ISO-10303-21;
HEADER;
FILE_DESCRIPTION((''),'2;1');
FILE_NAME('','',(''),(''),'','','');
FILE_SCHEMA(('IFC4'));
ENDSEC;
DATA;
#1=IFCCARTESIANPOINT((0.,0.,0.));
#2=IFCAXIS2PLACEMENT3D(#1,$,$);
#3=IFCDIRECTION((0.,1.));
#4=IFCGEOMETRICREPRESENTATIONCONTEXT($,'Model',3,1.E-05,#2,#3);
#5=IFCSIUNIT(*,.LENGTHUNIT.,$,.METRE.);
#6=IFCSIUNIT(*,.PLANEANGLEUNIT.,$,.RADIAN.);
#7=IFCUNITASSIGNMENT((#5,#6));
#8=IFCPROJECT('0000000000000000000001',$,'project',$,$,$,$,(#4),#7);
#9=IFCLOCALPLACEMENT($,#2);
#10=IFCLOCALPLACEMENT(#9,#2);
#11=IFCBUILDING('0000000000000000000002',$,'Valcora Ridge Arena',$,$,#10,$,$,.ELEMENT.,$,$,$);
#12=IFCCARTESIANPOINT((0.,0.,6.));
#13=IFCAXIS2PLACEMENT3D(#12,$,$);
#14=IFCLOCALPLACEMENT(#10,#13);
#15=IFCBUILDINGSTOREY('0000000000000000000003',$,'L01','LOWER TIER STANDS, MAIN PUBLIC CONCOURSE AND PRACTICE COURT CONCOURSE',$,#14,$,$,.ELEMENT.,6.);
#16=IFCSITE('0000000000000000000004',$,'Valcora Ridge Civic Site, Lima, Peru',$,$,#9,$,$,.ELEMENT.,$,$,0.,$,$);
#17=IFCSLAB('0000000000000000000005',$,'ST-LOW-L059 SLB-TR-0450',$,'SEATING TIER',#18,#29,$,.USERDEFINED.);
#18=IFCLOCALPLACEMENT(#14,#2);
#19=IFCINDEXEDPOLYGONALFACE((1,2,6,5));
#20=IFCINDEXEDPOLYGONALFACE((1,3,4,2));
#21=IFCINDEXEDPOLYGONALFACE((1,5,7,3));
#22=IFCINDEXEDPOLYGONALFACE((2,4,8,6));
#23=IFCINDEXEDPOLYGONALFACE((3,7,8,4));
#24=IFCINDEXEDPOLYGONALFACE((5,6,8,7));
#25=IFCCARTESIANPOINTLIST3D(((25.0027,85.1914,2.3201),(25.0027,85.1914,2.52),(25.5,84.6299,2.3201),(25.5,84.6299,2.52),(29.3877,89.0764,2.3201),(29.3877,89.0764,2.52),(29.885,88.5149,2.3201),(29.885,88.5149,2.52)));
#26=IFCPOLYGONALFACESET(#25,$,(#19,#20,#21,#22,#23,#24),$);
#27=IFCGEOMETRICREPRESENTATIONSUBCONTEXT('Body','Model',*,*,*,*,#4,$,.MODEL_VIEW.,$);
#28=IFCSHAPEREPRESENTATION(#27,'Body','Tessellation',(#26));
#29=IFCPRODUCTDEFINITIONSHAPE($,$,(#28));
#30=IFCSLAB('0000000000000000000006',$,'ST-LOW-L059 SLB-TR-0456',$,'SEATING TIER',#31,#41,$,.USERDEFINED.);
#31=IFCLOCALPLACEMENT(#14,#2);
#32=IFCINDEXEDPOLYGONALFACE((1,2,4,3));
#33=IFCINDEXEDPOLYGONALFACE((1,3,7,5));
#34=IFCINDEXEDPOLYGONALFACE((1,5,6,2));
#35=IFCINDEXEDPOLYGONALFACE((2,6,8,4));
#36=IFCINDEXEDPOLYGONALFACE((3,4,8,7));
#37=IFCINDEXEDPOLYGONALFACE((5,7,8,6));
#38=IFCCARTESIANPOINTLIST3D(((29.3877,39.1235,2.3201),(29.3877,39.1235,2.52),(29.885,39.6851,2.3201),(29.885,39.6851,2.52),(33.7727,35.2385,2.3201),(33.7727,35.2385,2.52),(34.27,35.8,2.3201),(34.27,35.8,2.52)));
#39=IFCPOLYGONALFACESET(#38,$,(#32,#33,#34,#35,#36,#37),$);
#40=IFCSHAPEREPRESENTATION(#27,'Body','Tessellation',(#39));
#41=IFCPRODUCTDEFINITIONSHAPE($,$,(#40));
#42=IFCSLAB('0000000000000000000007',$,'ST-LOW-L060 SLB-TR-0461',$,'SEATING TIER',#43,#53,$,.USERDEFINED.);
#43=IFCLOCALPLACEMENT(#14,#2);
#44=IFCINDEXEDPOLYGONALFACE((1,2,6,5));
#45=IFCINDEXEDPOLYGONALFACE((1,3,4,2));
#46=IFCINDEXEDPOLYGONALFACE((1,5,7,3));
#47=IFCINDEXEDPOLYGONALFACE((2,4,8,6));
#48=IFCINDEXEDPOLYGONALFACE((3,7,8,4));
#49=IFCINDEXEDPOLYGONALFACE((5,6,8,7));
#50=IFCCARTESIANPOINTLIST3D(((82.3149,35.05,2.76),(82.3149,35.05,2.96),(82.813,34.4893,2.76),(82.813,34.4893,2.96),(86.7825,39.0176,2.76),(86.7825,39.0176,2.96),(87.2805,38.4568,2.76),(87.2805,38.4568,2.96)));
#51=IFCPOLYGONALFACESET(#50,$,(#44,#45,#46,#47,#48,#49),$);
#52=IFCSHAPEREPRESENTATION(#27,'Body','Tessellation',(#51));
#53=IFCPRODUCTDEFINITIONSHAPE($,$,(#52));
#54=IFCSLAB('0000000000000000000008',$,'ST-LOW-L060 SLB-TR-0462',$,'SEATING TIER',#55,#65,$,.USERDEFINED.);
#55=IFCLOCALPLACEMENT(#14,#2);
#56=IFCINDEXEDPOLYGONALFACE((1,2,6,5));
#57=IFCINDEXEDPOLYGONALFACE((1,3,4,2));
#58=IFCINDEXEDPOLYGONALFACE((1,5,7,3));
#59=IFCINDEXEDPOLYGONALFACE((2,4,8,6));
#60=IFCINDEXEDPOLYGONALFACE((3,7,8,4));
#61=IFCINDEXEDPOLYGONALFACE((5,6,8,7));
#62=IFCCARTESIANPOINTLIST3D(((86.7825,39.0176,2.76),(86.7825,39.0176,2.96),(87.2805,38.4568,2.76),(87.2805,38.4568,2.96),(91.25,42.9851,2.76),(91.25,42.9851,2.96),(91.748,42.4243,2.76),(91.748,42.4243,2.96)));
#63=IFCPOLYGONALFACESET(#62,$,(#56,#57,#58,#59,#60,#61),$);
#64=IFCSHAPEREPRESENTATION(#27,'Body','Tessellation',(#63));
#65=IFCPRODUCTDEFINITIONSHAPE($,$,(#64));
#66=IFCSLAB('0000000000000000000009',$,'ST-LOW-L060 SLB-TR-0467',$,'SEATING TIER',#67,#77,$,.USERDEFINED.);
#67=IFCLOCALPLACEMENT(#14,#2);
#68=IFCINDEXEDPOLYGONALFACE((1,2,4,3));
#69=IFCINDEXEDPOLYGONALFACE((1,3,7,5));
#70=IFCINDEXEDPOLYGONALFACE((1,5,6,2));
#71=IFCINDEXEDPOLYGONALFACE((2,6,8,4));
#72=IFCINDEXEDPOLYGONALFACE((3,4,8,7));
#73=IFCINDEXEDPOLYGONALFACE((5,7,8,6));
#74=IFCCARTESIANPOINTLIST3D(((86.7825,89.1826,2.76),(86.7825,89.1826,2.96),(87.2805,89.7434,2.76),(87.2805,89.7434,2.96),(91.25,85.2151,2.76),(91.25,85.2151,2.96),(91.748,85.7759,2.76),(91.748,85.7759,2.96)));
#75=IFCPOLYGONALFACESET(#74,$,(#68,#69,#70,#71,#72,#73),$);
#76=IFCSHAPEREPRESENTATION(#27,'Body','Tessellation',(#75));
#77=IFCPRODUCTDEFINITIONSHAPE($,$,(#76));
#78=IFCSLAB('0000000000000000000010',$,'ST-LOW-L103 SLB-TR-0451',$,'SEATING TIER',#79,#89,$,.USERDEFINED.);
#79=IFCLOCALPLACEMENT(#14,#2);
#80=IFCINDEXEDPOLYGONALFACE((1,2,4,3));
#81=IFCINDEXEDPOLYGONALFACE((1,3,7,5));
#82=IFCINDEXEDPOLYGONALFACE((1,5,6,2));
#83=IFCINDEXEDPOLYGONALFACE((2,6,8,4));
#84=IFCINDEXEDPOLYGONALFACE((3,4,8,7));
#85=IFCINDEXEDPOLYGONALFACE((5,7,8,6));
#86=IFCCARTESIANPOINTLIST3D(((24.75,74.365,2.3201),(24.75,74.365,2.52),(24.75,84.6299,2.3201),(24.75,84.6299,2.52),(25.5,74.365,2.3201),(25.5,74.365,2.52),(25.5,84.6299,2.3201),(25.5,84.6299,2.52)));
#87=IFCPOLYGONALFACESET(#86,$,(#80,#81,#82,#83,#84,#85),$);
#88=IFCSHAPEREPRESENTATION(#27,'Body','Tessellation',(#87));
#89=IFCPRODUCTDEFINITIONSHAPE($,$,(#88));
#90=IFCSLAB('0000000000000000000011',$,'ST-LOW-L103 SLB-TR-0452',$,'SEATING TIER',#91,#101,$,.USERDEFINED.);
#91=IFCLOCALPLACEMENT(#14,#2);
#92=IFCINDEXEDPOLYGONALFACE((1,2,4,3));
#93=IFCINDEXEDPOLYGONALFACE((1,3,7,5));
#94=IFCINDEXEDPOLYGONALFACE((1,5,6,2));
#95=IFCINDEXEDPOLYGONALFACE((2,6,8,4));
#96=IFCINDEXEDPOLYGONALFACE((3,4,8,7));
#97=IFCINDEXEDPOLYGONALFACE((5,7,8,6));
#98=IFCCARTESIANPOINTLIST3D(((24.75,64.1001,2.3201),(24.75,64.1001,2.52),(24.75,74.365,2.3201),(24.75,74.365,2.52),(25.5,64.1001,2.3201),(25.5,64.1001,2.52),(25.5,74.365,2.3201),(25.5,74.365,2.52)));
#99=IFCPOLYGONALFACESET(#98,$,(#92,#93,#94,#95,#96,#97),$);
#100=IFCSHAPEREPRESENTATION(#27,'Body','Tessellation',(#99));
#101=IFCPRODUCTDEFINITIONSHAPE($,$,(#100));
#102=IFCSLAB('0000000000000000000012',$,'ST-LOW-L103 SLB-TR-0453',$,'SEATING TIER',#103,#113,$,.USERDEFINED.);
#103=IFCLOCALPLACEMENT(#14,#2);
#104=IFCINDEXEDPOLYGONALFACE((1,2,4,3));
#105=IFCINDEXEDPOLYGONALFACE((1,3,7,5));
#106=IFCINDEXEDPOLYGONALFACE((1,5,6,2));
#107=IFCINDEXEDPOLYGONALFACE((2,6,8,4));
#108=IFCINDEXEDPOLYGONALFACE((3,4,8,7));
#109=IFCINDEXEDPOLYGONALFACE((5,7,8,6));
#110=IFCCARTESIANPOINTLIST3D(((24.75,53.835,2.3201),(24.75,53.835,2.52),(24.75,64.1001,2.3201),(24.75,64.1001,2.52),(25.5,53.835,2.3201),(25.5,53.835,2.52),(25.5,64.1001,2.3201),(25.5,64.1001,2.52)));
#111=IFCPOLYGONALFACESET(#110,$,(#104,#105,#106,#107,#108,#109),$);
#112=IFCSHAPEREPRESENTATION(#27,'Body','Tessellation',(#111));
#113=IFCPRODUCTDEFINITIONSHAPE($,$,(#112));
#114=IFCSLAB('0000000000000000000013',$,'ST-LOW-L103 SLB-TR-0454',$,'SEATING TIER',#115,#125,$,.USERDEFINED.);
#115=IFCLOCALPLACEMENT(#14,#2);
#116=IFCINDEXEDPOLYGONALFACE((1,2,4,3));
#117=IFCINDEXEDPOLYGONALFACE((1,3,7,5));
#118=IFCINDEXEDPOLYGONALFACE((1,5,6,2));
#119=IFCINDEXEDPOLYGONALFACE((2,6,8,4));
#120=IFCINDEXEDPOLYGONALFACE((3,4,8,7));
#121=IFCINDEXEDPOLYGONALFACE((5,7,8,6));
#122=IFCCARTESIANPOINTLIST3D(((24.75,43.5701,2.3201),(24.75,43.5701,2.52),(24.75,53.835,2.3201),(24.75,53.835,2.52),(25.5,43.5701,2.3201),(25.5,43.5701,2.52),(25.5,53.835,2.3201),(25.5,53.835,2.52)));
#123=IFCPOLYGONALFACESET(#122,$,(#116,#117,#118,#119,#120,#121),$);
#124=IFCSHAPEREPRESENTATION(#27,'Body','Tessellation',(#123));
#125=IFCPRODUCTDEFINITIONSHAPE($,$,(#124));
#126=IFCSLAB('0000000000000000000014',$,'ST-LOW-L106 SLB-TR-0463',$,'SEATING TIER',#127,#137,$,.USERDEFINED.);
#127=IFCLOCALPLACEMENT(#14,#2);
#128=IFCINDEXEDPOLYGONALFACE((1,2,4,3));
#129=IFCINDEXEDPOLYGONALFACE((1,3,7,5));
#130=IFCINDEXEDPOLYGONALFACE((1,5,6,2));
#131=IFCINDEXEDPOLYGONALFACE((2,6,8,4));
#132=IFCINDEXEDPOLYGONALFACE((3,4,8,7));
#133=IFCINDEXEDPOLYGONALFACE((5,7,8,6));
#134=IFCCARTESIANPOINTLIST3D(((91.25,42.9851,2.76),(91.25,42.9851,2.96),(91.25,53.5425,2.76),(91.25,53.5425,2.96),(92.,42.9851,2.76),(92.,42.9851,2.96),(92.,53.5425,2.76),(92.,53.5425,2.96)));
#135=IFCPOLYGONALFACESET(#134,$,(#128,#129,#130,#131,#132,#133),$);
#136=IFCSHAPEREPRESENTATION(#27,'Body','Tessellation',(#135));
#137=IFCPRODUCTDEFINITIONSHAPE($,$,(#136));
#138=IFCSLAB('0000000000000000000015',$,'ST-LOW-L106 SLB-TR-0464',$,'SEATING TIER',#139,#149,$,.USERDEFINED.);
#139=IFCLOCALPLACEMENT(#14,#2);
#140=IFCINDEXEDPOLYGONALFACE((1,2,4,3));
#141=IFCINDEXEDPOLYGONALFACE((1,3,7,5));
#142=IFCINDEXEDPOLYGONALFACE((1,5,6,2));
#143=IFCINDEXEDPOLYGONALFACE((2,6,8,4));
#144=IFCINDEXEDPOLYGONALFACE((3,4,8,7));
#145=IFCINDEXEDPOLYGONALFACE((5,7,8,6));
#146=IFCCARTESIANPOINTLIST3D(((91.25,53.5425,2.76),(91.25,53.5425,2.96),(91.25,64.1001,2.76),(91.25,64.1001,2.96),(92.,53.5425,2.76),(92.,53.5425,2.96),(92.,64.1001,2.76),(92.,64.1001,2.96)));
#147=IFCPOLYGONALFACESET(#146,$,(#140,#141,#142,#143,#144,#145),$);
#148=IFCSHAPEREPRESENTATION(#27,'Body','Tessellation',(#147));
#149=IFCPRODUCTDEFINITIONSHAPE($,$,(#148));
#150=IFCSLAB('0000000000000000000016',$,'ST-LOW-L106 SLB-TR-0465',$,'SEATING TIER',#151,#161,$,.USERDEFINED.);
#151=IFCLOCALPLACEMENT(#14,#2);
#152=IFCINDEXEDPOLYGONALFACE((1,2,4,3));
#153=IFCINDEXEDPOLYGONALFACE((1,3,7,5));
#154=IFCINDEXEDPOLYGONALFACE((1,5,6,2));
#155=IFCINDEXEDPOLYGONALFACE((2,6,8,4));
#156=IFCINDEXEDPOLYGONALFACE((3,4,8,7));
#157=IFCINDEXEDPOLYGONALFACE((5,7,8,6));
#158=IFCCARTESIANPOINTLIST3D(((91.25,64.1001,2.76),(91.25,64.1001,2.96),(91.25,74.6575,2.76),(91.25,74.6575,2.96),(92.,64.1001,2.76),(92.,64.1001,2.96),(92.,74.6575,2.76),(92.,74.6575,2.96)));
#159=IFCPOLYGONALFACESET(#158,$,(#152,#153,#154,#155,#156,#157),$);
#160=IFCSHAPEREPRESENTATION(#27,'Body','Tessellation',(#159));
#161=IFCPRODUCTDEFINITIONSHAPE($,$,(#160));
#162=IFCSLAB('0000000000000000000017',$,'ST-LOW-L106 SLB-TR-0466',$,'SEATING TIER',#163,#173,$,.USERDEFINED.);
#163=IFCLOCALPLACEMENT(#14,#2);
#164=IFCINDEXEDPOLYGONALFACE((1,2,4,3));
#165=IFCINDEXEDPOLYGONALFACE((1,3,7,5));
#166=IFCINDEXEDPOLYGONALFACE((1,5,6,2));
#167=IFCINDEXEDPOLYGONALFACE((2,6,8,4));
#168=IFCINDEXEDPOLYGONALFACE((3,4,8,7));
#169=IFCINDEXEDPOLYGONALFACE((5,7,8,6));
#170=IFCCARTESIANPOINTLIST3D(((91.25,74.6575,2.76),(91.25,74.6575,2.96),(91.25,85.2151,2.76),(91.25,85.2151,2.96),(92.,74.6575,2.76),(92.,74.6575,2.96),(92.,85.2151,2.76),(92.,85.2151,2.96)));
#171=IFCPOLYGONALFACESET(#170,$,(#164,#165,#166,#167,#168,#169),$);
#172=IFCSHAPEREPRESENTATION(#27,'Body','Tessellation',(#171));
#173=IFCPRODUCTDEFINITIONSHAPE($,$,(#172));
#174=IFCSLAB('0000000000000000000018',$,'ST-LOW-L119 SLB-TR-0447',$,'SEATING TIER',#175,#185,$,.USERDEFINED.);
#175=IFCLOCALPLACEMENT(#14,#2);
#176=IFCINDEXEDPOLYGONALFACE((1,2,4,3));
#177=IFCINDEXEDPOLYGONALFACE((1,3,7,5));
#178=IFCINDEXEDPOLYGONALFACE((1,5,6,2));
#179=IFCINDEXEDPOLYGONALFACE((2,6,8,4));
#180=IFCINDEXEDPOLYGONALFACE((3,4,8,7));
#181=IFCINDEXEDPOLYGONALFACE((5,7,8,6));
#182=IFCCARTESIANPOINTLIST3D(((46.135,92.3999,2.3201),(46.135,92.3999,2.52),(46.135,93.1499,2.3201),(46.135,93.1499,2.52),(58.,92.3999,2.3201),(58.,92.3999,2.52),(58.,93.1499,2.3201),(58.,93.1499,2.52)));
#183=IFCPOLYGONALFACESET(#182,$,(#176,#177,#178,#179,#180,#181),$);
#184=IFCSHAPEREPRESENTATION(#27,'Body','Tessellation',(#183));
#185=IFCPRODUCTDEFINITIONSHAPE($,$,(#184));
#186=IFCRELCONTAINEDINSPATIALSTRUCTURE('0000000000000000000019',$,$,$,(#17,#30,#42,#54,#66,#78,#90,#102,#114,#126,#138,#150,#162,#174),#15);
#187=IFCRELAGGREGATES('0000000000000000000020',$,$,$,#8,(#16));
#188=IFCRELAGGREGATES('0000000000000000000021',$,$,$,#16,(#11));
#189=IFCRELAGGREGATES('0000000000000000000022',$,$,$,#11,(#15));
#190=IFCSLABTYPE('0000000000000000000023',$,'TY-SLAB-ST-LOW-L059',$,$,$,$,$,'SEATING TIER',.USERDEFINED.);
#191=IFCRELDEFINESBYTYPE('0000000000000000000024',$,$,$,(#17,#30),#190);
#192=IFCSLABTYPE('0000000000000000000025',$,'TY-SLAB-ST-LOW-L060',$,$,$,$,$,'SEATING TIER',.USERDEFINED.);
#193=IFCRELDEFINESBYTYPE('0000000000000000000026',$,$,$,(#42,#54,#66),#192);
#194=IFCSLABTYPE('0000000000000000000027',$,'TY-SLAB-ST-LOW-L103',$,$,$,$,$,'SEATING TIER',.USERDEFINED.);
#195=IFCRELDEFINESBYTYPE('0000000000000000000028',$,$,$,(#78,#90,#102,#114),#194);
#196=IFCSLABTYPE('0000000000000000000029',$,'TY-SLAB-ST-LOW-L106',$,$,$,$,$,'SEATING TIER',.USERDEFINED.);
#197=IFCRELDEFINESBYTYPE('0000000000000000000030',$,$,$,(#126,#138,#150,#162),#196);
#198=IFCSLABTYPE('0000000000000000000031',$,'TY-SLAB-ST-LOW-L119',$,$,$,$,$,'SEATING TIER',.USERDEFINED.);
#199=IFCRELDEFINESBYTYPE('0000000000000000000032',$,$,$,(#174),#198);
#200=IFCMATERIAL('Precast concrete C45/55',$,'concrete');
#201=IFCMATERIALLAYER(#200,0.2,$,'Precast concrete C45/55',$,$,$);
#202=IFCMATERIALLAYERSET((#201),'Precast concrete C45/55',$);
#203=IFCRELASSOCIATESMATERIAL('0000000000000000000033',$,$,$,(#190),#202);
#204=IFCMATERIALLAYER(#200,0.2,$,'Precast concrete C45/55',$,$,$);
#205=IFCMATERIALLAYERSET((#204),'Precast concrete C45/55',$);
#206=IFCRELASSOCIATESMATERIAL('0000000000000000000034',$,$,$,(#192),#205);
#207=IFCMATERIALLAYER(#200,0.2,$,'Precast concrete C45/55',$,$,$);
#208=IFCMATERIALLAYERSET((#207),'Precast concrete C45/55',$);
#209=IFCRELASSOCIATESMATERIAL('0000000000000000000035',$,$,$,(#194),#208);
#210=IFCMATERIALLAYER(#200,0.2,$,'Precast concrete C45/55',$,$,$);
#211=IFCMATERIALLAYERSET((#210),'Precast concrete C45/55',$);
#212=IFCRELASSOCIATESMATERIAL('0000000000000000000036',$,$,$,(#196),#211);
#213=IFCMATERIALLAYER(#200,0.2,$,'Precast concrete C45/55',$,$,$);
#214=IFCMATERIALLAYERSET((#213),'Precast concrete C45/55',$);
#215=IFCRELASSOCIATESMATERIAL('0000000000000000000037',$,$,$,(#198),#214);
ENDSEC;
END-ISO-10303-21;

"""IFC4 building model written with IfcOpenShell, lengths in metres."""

from ifc_helpers import new_model, si_unit, direction, frame, origin, place, context, subcontext, project, spatial, polyline, outline, extrude, material, layer, layer_set, type_object, element, save


model = new_model("IFC4")

# Units and contexts
model_context = context("Model", 3, precision=1e-05, world=origin(), true_north=direction((0.0, 1.0)))
body_context = subcontext(model_context, "Body", "Model", "MODEL_VIEW")
ifc_project = project(units=[si_unit("LENGTHUNIT", "METRE"), si_unit("PLANEANGLEUNIT", "RADIAN")], contexts=[model_context])

# Site, building, storey
site_placement = place(None, origin())
site = spatial("IfcSite", under=ifc_project, at=site_placement, Name="Valcora Ridge Civic Site, Lima, Peru", CompositionType="ELEMENT", RefElevation=0.0)
building_placement = place(site_placement, origin())
building = spatial("IfcBuilding", under=site, at=building_placement, Name="Valcora Ridge Arena", CompositionType="ELEMENT")
storey_placement = place(building_placement, frame((0.0, 0.0, 6.0)))
storey = spatial("IfcBuildingStorey", under=building, at=storey_placement, Name="L01", Description="LOWER TIER STANDS, MAIN PUBLIC CONCOURSE AND PRACTICE COURT CONCOURSE", CompositionType="ELEMENT", Elevation=6.0)

# Slabs
ifc_material = material(Name="Precast concrete C45/55", Category="concrete")
ifc_layer_1 = layer(ifc_material, 0.2, Name="Precast concrete C45/55")
ifc_layer_set_1 = layer_set([ifc_layer_1], Name="Precast concrete C45/55")
slab_type_1 = type_object("IfcSlabType", Name="TY-SLAB-ST-LOW-L059", ElementType="SEATING TIER", PredefinedType="USERDEFINED", material=ifc_layer_set_1)
slab_1_placement = place(storey_placement, frame((0.0, 0.0, 2.3201)))
element("IfcSlab", 1, at=slab_1_placement, inside=storey, type_object=slab_type_1, Name="ST-LOW-L059 SLB-TR-0450", ObjectType="SEATING TIER", PredefinedType="USERDEFINED", context=body_context, shape_type="SweptSolid", body=[
    extrude(outline(polyline([(29.885, 88.5149), (25.5, 84.6299), (25.0027, 85.1914), (29.3877, 89.0764), (29.885, 88.5149)])), origin(), (0.0, 0.0, 1.0), 0.2),
])
slab_2_placement = place(storey_placement, frame((0.0, 0.0, 2.3201)))
element("IfcSlab", 2, at=slab_2_placement, inside=storey, type_object=slab_type_1, Name="ST-LOW-L059 SLB-TR-0456", ObjectType="SEATING TIER", PredefinedType="USERDEFINED", context=body_context, shape_type="SweptSolid", body=[
    extrude(outline(polyline([(29.885, 39.6851), (34.27, 35.8), (33.7727, 35.2385), (29.3877, 39.1235), (29.885, 39.6851)])), origin(), (0.0, 0.0, 1.0), 0.2),
])
ifc_layer_2 = layer(ifc_material, 0.2, Name="Precast concrete C45/55")
ifc_layer_set_2 = layer_set([ifc_layer_2], Name="Precast concrete C45/55")
slab_type_2 = type_object("IfcSlabType", Name="TY-SLAB-ST-LOW-L060", ElementType="SEATING TIER", PredefinedType="USERDEFINED", material=ifc_layer_set_2)
slab_3_placement = place(storey_placement, frame((0.0, 0.0, 2.76)))
element("IfcSlab", 3, at=slab_3_placement, inside=storey, type_object=slab_type_2, Name="ST-LOW-L060 SLB-TR-0461", ObjectType="SEATING TIER", PredefinedType="USERDEFINED", context=body_context, shape_type="SweptSolid", body=[
    extrude(outline(polyline([(82.3149, 35.05), (86.7825, 39.0176), (87.2805, 38.4568), (82.813, 34.4893), (82.3149, 35.05)])), origin(), (0.0, 0.0, 1.0), 0.2),
])
slab_4_placement = place(storey_placement, frame((0.0, 0.0, 2.76)))
element("IfcSlab", 4, at=slab_4_placement, inside=storey, type_object=slab_type_2, Name="ST-LOW-L060 SLB-TR-0462", ObjectType="SEATING TIER", PredefinedType="USERDEFINED", context=body_context, shape_type="SweptSolid", body=[
    extrude(outline(polyline([(86.7825, 39.0176), (91.25, 42.9851), (91.748, 42.4243), (87.2805, 38.4568), (86.7825, 39.0176)])), origin(), (0.0, 0.0, 1.0), 0.2),
])
slab_5_placement = place(storey_placement, frame((0.0, 0.0, 2.76)))
element("IfcSlab", 5, at=slab_5_placement, inside=storey, type_object=slab_type_2, Name="ST-LOW-L060 SLB-TR-0467", ObjectType="SEATING TIER", PredefinedType="USERDEFINED", context=body_context, shape_type="SweptSolid", body=[
    extrude(outline(polyline([(91.25, 85.2151), (86.7825, 89.1826), (87.2805, 89.7434), (91.748, 85.7759), (91.25, 85.2151)])), origin(), (0.0, 0.0, 1.0), 0.2),
])
ifc_layer_3 = layer(ifc_material, 0.2, Name="Precast concrete C45/55")
ifc_layer_set_3 = layer_set([ifc_layer_3], Name="Precast concrete C45/55")
slab_type_3 = type_object("IfcSlabType", Name="TY-SLAB-ST-LOW-L103", ElementType="SEATING TIER", PredefinedType="USERDEFINED", material=ifc_layer_set_3)
slab_6_placement = place(storey_placement, frame((0.0, 0.0, 2.3201)))
element("IfcSlab", 6, at=slab_6_placement, inside=storey, type_object=slab_type_3, Name="ST-LOW-L103 SLB-TR-0451", ObjectType="SEATING TIER", PredefinedType="USERDEFINED", context=body_context, shape_type="SweptSolid", body=[
    extrude(outline(polyline([(25.5, 84.6299), (25.5, 74.365), (24.75, 74.365), (24.75, 84.6299), (25.5, 84.6299)])), origin(), (0.0, 0.0, 1.0), 0.2),
])
slab_7_placement = place(storey_placement, frame((0.0, 0.0, 2.3201)))
element("IfcSlab", 7, at=slab_7_placement, inside=storey, type_object=slab_type_3, Name="ST-LOW-L103 SLB-TR-0452", ObjectType="SEATING TIER", PredefinedType="USERDEFINED", context=body_context, shape_type="SweptSolid", body=[
    extrude(outline(polyline([(25.5, 74.365), (25.5, 64.1001), (24.75, 64.1001), (24.75, 74.365), (25.5, 74.365)])), origin(), (0.0, 0.0, 1.0), 0.2),
])
slab_8_placement = place(storey_placement, frame((0.0, 0.0, 2.3201)))
element("IfcSlab", 8, at=slab_8_placement, inside=storey, type_object=slab_type_3, Name="ST-LOW-L103 SLB-TR-0453", ObjectType="SEATING TIER", PredefinedType="USERDEFINED", context=body_context, shape_type="SweptSolid", body=[
    extrude(outline(polyline([(25.5, 64.1001), (25.5, 53.835), (24.75, 53.835), (24.75, 64.1001), (25.5, 64.1001)])), origin(), (0.0, 0.0, 1.0), 0.2),
])
slab_9_placement = place(storey_placement, frame((0.0, 0.0, 2.3201)))
element("IfcSlab", 9, at=slab_9_placement, inside=storey, type_object=slab_type_3, Name="ST-LOW-L103 SLB-TR-0454", ObjectType="SEATING TIER", PredefinedType="USERDEFINED", context=body_context, shape_type="SweptSolid", body=[
    extrude(outline(polyline([(25.5, 53.835), (25.5, 43.5701), (24.75, 43.5701), (24.75, 53.835), (25.5, 53.835)])), origin(), (0.0, 0.0, 1.0), 0.2),
])
ifc_layer_4 = layer(ifc_material, 0.2, Name="Precast concrete C45/55")
ifc_layer_set_4 = layer_set([ifc_layer_4], Name="Precast concrete C45/55")
slab_type_4 = type_object("IfcSlabType", Name="TY-SLAB-ST-LOW-L106", ElementType="SEATING TIER", PredefinedType="USERDEFINED", material=ifc_layer_set_4)
slab_10_placement = place(storey_placement, frame((0.0, 0.0, 2.76)))
element("IfcSlab", 10, at=slab_10_placement, inside=storey, type_object=slab_type_4, Name="ST-LOW-L106 SLB-TR-0463", ObjectType="SEATING TIER", PredefinedType="USERDEFINED", context=body_context, shape_type="SweptSolid", body=[
    extrude(outline(polyline([(91.25, 42.9851), (91.25, 53.5425), (92.0, 53.5425), (92.0, 42.9851), (91.25, 42.9851)])), origin(), (0.0, 0.0, 1.0), 0.2),
])
slab_11_placement = place(storey_placement, frame((0.0, 0.0, 2.76)))
element("IfcSlab", 11, at=slab_11_placement, inside=storey, type_object=slab_type_4, Name="ST-LOW-L106 SLB-TR-0464", ObjectType="SEATING TIER", PredefinedType="USERDEFINED", context=body_context, shape_type="SweptSolid", body=[
    extrude(outline(polyline([(91.25, 53.5425), (91.25, 64.1001), (92.0, 64.1001), (92.0, 53.5425), (91.25, 53.5425)])), origin(), (0.0, 0.0, 1.0), 0.2),
])
slab_12_placement = place(storey_placement, frame((0.0, 0.0, 2.76)))
element("IfcSlab", 12, at=slab_12_placement, inside=storey, type_object=slab_type_4, Name="ST-LOW-L106 SLB-TR-0465", ObjectType="SEATING TIER", PredefinedType="USERDEFINED", context=body_context, shape_type="SweptSolid", body=[
    extrude(outline(polyline([(91.25, 64.1001), (91.25, 74.6575), (92.0, 74.6575), (92.0, 64.1001), (91.25, 64.1001)])), origin(), (0.0, 0.0, 1.0), 0.2),
])
slab_13_placement = place(storey_placement, frame((0.0, 0.0, 2.76)))
element("IfcSlab", 13, at=slab_13_placement, inside=storey, type_object=slab_type_4, Name="ST-LOW-L106 SLB-TR-0466", ObjectType="SEATING TIER", PredefinedType="USERDEFINED", context=body_context, shape_type="SweptSolid", body=[
    extrude(outline(polyline([(91.25, 74.6575), (91.25, 85.2151), (92.0, 85.2151), (92.0, 74.6575), (91.25, 74.6575)])), origin(), (0.0, 0.0, 1.0), 0.2),
])
ifc_layer_5 = layer(ifc_material, 0.2, Name="Precast concrete C45/55")
ifc_layer_set_5 = layer_set([ifc_layer_5], Name="Precast concrete C45/55")
slab_type_5 = type_object("IfcSlabType", Name="TY-SLAB-ST-LOW-L119", ElementType="SEATING TIER", PredefinedType="USERDEFINED", material=ifc_layer_set_5)
slab_14_placement = place(storey_placement, frame((0.0, 0.0, 2.3201)))
element("IfcSlab", 14, at=slab_14_placement, inside=storey, type_object=slab_type_5, Name="ST-LOW-L119 SLB-TR-0447", ObjectType="SEATING TIER", PredefinedType="USERDEFINED", context=body_context, shape_type="SweptSolid", body=[
    extrude(outline(polyline([(58.0, 92.3999), (46.135, 92.3999), (46.135, 93.1499), (58.0, 93.1499), (58.0, 92.3999)])), origin(), (0.0, 0.0, 1.0), 0.2),
])

save(model, "model.ifc")
